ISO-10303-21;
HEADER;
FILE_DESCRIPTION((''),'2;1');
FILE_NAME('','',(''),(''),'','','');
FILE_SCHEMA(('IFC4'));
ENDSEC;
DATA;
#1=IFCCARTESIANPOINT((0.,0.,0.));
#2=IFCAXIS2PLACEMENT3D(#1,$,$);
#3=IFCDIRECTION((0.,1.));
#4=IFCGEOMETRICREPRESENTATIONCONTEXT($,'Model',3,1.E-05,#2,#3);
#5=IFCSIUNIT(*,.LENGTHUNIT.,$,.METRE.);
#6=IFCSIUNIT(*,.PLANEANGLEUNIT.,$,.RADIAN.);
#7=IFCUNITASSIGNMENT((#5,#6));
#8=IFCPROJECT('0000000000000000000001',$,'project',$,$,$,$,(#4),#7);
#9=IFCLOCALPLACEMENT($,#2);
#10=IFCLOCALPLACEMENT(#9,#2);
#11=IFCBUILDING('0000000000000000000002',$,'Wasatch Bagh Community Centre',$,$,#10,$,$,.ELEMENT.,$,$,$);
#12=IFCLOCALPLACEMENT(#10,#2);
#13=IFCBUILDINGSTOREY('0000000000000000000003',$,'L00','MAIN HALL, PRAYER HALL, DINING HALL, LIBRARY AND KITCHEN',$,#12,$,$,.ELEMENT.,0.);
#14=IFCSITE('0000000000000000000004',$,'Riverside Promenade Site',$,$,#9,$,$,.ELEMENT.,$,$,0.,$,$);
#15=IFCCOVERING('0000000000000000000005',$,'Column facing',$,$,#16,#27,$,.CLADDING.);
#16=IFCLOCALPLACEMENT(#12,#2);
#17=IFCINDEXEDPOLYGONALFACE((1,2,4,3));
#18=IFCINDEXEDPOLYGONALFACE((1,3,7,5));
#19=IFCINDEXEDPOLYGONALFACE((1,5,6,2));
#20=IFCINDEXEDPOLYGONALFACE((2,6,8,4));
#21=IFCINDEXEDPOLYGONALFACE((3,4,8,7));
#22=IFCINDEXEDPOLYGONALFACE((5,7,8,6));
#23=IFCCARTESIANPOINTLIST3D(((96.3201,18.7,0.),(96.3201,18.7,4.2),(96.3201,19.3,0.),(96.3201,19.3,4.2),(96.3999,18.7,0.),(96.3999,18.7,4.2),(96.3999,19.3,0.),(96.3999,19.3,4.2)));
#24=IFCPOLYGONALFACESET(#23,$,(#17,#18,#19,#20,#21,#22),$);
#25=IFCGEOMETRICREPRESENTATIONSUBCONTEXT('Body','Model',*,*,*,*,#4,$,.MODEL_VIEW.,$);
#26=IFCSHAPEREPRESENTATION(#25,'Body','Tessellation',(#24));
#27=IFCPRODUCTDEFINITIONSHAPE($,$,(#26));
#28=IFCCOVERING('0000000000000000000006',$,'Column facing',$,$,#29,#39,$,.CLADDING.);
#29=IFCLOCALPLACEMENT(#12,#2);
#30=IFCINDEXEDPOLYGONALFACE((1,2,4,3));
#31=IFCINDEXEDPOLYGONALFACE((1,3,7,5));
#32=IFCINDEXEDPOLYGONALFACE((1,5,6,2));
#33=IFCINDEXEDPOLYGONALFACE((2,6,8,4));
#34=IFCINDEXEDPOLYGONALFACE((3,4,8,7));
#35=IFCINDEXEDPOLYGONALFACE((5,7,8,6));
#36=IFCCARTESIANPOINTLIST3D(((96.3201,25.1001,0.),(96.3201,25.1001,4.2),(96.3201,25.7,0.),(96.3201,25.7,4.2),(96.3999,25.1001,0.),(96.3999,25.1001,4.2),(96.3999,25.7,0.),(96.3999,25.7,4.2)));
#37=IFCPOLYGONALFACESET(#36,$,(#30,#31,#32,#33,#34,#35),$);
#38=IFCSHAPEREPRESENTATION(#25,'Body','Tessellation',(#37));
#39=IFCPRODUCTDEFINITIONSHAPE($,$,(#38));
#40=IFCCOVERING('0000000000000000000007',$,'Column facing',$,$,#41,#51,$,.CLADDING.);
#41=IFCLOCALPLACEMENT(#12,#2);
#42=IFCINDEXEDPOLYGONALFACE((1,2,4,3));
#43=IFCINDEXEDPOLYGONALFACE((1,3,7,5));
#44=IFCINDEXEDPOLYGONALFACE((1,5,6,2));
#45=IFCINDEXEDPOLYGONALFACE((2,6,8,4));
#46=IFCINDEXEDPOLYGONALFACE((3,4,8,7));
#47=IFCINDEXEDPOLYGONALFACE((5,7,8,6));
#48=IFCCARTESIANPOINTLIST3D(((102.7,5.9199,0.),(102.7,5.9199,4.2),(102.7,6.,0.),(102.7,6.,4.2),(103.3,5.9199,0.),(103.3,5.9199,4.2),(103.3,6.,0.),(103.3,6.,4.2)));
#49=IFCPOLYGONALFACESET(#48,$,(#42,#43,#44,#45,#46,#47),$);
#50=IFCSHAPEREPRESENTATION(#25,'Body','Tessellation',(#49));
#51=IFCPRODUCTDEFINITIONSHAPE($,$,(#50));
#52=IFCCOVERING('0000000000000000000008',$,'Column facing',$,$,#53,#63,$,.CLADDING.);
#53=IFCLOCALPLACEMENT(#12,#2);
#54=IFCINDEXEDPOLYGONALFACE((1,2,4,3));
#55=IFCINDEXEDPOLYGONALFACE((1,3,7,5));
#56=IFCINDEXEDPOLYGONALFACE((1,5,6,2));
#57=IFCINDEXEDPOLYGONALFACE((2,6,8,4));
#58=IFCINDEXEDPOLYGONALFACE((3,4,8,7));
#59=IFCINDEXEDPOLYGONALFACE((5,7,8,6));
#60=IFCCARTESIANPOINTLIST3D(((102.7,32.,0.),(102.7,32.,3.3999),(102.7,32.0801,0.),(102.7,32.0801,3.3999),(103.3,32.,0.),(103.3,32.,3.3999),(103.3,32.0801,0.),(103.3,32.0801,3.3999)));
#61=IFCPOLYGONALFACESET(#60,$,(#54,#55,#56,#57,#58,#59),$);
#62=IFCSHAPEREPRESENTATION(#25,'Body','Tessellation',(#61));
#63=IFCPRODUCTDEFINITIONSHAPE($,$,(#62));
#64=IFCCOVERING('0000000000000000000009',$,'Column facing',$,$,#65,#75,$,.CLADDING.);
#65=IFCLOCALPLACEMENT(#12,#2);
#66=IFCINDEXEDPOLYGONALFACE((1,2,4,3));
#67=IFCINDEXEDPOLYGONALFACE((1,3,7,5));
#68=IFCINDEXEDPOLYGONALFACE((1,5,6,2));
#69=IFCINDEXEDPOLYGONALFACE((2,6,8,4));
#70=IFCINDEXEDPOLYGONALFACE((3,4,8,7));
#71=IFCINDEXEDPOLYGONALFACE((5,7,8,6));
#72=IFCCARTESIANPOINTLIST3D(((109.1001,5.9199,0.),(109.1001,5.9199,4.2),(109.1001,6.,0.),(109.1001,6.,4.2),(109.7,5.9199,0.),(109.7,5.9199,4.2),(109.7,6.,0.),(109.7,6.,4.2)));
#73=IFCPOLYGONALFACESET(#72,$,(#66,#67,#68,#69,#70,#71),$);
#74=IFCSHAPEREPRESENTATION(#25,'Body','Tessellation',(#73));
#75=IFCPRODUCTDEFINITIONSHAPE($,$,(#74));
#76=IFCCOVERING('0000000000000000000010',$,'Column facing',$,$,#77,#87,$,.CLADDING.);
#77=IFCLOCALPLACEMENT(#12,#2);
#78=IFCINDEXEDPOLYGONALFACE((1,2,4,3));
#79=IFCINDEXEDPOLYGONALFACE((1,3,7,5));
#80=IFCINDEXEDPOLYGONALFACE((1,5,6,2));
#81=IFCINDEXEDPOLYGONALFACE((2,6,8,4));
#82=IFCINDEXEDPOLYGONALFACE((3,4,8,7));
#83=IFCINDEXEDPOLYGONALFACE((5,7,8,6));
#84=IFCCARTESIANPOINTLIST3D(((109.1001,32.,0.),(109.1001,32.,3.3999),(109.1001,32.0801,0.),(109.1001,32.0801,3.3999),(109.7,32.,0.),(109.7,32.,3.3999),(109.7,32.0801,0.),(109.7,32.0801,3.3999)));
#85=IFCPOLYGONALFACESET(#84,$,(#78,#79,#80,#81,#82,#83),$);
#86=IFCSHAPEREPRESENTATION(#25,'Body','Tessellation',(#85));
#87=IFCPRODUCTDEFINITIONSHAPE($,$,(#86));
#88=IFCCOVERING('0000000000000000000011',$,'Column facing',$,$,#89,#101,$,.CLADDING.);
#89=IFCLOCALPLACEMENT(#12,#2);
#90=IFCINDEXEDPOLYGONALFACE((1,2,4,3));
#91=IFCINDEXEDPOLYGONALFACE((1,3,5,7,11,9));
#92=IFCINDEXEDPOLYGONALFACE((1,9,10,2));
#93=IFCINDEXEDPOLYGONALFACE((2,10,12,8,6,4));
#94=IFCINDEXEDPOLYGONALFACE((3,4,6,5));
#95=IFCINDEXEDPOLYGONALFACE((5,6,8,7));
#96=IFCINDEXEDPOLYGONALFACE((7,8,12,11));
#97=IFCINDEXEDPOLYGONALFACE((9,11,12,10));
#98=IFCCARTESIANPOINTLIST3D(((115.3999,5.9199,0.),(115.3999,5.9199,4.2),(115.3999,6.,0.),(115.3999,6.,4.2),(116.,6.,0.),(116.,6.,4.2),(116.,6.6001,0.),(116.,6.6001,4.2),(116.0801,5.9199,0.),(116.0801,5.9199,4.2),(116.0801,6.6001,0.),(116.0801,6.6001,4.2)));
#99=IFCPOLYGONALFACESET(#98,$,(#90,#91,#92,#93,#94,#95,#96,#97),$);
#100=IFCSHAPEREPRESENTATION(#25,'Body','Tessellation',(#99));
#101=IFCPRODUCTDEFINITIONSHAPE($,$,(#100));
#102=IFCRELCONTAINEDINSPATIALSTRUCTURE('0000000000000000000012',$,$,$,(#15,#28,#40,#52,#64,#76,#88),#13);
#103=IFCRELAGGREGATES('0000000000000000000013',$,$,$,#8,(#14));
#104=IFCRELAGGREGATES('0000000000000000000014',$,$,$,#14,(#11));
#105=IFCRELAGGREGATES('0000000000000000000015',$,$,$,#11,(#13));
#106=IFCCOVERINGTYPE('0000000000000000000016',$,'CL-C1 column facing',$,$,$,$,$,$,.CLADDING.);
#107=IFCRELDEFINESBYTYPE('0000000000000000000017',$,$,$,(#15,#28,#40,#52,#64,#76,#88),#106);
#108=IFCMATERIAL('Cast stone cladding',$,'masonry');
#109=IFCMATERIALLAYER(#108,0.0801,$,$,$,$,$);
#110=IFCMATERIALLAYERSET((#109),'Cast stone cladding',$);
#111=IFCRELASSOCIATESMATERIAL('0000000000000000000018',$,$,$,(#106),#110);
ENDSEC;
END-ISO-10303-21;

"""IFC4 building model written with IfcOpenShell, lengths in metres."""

from ifc_helpers import new_model, si_unit, direction, origin, place, context, subcontext, project, spatial, polyline, outline, extrude, material, layer, layer_set, type_object, element, save


model = new_model("IFC4")

# Units and contexts
model_context = context("Model", 3, precision=1e-05, world=origin(), true_north=direction((0.0, 1.0)))
body_context = subcontext(model_context, "Body", "Model", "MODEL_VIEW")
ifc_project = project(units=[si_unit("LENGTHUNIT", "METRE"), si_unit("PLANEANGLEUNIT", "RADIAN")], contexts=[model_context])

# Site, building, storey
site_placement = place(None, origin())
site = spatial("IfcSite", under=ifc_project, at=site_placement, Name="Riverside Promenade Site", CompositionType="ELEMENT", RefElevation=0.0)
building_placement = place(site_placement, origin())
building = spatial("IfcBuilding", under=site, at=building_placement, Name="Wasatch Bagh Community Centre", CompositionType="ELEMENT")
storey_placement = place(building_placement, origin())
storey = spatial("IfcBuildingStorey", under=building, at=storey_placement, Name="L00", Description="MAIN HALL, PRAYER HALL, DINING HALL, LIBRARY AND KITCHEN", CompositionType="ELEMENT", Elevation=0.0)

# Coverings
ifc_material = material(Name="Cast stone cladding", Category="masonry")
ifc_layer = layer(ifc_material, 0.0801)
ifc_layer_set = layer_set([ifc_layer], Name="Cast stone cladding")
covering_type = type_object("IfcCoveringType", Name="CL-C1 column facing", PredefinedType="CLADDING", material=ifc_layer_set)
covering_1_placement = place(storey_placement, origin())
element("IfcCovering", 1, at=covering_1_placement, inside=storey, type_object=covering_type, Name="Column facing", PredefinedType="CLADDING", context=body_context, shape_type="SweptSolid", body=[
    extrude(outline(polyline([(96.3999, 19.3), (96.3999, 18.7), (96.3201, 18.7), (96.3201, 19.3), (96.3999, 19.3)])), origin(), (0.0, 0.0, 1.0), 4.2),
])
covering_2_placement = place(storey_placement, origin())
element("IfcCovering", 2, at=covering_2_placement, inside=storey, type_object=covering_type, Name="Column facing", PredefinedType="CLADDING", context=body_context, shape_type="SweptSolid", body=[
    extrude(outline(polyline([(96.3999, 25.7), (96.3999, 25.1001), (96.3201, 25.1001), (96.3201, 25.7), (96.3999, 25.7)])), origin(), (0.0, 0.0, 1.0), 4.2),
])
covering_3_placement = place(storey_placement, origin())
element("IfcCovering", 3, at=covering_3_placement, inside=storey, type_object=covering_type, Name="Column facing", PredefinedType="CLADDING", context=body_context, shape_type="SweptSolid", body=[
    extrude(outline(polyline([(102.7, 6.0), (103.3, 6.0), (103.3, 5.9199), (102.7, 5.9199), (102.7, 6.0)])), origin(), (0.0, 0.0, 1.0), 4.2),
])
covering_4_placement = place(storey_placement, origin())
element("IfcCovering", 4, at=covering_4_placement, inside=storey, type_object=covering_type, Name="Column facing", PredefinedType="CLADDING", context=body_context, shape_type="SweptSolid", body=[
    extrude(outline(polyline([(103.3, 32.0), (102.7, 32.0), (102.7, 32.0801), (103.3, 32.0801), (103.3, 32.0)])), origin(), (0.0, 0.0, 1.0), 3.3999),
])
covering_5_placement = place(storey_placement, origin())
element("IfcCovering", 5, at=covering_5_placement, inside=storey, type_object=covering_type, Name="Column facing", PredefinedType="CLADDING", context=body_context, shape_type="SweptSolid", body=[
    extrude(outline(polyline([(109.1001, 6.0), (109.7, 6.0), (109.7, 5.9199), (109.1001, 5.9199), (109.1001, 6.0)])), origin(), (0.0, 0.0, 1.0), 4.2),
])
covering_6_placement = place(storey_placement, origin())
element("IfcCovering", 6, at=covering_6_placement, inside=storey, type_object=covering_type, Name="Column facing", PredefinedType="CLADDING", context=body_context, shape_type="SweptSolid", body=[
    extrude(outline(polyline([(109.7, 32.0), (109.1001, 32.0), (109.1001, 32.0801), (109.7, 32.0801), (109.7, 32.0)])), origin(), (0.0, 0.0, 1.0), 3.3999),
])
covering_7_placement = place(storey_placement, origin())
element("IfcCovering", 7, at=covering_7_placement, inside=storey, type_object=covering_type, Name="Column facing", PredefinedType="CLADDING", context=body_context, shape_type="SweptSolid", body=[
    extrude(outline(polyline([(116.0, 6.0), (116.0, 6.6001), (116.0801, 6.6001), (116.0801, 5.9199), (115.3999, 5.9199), (115.3999, 6.0), (116.0, 6.0)])), origin(), (0.0, 0.0, 1.0), 4.2),
])

save(model, "model.ifc")
